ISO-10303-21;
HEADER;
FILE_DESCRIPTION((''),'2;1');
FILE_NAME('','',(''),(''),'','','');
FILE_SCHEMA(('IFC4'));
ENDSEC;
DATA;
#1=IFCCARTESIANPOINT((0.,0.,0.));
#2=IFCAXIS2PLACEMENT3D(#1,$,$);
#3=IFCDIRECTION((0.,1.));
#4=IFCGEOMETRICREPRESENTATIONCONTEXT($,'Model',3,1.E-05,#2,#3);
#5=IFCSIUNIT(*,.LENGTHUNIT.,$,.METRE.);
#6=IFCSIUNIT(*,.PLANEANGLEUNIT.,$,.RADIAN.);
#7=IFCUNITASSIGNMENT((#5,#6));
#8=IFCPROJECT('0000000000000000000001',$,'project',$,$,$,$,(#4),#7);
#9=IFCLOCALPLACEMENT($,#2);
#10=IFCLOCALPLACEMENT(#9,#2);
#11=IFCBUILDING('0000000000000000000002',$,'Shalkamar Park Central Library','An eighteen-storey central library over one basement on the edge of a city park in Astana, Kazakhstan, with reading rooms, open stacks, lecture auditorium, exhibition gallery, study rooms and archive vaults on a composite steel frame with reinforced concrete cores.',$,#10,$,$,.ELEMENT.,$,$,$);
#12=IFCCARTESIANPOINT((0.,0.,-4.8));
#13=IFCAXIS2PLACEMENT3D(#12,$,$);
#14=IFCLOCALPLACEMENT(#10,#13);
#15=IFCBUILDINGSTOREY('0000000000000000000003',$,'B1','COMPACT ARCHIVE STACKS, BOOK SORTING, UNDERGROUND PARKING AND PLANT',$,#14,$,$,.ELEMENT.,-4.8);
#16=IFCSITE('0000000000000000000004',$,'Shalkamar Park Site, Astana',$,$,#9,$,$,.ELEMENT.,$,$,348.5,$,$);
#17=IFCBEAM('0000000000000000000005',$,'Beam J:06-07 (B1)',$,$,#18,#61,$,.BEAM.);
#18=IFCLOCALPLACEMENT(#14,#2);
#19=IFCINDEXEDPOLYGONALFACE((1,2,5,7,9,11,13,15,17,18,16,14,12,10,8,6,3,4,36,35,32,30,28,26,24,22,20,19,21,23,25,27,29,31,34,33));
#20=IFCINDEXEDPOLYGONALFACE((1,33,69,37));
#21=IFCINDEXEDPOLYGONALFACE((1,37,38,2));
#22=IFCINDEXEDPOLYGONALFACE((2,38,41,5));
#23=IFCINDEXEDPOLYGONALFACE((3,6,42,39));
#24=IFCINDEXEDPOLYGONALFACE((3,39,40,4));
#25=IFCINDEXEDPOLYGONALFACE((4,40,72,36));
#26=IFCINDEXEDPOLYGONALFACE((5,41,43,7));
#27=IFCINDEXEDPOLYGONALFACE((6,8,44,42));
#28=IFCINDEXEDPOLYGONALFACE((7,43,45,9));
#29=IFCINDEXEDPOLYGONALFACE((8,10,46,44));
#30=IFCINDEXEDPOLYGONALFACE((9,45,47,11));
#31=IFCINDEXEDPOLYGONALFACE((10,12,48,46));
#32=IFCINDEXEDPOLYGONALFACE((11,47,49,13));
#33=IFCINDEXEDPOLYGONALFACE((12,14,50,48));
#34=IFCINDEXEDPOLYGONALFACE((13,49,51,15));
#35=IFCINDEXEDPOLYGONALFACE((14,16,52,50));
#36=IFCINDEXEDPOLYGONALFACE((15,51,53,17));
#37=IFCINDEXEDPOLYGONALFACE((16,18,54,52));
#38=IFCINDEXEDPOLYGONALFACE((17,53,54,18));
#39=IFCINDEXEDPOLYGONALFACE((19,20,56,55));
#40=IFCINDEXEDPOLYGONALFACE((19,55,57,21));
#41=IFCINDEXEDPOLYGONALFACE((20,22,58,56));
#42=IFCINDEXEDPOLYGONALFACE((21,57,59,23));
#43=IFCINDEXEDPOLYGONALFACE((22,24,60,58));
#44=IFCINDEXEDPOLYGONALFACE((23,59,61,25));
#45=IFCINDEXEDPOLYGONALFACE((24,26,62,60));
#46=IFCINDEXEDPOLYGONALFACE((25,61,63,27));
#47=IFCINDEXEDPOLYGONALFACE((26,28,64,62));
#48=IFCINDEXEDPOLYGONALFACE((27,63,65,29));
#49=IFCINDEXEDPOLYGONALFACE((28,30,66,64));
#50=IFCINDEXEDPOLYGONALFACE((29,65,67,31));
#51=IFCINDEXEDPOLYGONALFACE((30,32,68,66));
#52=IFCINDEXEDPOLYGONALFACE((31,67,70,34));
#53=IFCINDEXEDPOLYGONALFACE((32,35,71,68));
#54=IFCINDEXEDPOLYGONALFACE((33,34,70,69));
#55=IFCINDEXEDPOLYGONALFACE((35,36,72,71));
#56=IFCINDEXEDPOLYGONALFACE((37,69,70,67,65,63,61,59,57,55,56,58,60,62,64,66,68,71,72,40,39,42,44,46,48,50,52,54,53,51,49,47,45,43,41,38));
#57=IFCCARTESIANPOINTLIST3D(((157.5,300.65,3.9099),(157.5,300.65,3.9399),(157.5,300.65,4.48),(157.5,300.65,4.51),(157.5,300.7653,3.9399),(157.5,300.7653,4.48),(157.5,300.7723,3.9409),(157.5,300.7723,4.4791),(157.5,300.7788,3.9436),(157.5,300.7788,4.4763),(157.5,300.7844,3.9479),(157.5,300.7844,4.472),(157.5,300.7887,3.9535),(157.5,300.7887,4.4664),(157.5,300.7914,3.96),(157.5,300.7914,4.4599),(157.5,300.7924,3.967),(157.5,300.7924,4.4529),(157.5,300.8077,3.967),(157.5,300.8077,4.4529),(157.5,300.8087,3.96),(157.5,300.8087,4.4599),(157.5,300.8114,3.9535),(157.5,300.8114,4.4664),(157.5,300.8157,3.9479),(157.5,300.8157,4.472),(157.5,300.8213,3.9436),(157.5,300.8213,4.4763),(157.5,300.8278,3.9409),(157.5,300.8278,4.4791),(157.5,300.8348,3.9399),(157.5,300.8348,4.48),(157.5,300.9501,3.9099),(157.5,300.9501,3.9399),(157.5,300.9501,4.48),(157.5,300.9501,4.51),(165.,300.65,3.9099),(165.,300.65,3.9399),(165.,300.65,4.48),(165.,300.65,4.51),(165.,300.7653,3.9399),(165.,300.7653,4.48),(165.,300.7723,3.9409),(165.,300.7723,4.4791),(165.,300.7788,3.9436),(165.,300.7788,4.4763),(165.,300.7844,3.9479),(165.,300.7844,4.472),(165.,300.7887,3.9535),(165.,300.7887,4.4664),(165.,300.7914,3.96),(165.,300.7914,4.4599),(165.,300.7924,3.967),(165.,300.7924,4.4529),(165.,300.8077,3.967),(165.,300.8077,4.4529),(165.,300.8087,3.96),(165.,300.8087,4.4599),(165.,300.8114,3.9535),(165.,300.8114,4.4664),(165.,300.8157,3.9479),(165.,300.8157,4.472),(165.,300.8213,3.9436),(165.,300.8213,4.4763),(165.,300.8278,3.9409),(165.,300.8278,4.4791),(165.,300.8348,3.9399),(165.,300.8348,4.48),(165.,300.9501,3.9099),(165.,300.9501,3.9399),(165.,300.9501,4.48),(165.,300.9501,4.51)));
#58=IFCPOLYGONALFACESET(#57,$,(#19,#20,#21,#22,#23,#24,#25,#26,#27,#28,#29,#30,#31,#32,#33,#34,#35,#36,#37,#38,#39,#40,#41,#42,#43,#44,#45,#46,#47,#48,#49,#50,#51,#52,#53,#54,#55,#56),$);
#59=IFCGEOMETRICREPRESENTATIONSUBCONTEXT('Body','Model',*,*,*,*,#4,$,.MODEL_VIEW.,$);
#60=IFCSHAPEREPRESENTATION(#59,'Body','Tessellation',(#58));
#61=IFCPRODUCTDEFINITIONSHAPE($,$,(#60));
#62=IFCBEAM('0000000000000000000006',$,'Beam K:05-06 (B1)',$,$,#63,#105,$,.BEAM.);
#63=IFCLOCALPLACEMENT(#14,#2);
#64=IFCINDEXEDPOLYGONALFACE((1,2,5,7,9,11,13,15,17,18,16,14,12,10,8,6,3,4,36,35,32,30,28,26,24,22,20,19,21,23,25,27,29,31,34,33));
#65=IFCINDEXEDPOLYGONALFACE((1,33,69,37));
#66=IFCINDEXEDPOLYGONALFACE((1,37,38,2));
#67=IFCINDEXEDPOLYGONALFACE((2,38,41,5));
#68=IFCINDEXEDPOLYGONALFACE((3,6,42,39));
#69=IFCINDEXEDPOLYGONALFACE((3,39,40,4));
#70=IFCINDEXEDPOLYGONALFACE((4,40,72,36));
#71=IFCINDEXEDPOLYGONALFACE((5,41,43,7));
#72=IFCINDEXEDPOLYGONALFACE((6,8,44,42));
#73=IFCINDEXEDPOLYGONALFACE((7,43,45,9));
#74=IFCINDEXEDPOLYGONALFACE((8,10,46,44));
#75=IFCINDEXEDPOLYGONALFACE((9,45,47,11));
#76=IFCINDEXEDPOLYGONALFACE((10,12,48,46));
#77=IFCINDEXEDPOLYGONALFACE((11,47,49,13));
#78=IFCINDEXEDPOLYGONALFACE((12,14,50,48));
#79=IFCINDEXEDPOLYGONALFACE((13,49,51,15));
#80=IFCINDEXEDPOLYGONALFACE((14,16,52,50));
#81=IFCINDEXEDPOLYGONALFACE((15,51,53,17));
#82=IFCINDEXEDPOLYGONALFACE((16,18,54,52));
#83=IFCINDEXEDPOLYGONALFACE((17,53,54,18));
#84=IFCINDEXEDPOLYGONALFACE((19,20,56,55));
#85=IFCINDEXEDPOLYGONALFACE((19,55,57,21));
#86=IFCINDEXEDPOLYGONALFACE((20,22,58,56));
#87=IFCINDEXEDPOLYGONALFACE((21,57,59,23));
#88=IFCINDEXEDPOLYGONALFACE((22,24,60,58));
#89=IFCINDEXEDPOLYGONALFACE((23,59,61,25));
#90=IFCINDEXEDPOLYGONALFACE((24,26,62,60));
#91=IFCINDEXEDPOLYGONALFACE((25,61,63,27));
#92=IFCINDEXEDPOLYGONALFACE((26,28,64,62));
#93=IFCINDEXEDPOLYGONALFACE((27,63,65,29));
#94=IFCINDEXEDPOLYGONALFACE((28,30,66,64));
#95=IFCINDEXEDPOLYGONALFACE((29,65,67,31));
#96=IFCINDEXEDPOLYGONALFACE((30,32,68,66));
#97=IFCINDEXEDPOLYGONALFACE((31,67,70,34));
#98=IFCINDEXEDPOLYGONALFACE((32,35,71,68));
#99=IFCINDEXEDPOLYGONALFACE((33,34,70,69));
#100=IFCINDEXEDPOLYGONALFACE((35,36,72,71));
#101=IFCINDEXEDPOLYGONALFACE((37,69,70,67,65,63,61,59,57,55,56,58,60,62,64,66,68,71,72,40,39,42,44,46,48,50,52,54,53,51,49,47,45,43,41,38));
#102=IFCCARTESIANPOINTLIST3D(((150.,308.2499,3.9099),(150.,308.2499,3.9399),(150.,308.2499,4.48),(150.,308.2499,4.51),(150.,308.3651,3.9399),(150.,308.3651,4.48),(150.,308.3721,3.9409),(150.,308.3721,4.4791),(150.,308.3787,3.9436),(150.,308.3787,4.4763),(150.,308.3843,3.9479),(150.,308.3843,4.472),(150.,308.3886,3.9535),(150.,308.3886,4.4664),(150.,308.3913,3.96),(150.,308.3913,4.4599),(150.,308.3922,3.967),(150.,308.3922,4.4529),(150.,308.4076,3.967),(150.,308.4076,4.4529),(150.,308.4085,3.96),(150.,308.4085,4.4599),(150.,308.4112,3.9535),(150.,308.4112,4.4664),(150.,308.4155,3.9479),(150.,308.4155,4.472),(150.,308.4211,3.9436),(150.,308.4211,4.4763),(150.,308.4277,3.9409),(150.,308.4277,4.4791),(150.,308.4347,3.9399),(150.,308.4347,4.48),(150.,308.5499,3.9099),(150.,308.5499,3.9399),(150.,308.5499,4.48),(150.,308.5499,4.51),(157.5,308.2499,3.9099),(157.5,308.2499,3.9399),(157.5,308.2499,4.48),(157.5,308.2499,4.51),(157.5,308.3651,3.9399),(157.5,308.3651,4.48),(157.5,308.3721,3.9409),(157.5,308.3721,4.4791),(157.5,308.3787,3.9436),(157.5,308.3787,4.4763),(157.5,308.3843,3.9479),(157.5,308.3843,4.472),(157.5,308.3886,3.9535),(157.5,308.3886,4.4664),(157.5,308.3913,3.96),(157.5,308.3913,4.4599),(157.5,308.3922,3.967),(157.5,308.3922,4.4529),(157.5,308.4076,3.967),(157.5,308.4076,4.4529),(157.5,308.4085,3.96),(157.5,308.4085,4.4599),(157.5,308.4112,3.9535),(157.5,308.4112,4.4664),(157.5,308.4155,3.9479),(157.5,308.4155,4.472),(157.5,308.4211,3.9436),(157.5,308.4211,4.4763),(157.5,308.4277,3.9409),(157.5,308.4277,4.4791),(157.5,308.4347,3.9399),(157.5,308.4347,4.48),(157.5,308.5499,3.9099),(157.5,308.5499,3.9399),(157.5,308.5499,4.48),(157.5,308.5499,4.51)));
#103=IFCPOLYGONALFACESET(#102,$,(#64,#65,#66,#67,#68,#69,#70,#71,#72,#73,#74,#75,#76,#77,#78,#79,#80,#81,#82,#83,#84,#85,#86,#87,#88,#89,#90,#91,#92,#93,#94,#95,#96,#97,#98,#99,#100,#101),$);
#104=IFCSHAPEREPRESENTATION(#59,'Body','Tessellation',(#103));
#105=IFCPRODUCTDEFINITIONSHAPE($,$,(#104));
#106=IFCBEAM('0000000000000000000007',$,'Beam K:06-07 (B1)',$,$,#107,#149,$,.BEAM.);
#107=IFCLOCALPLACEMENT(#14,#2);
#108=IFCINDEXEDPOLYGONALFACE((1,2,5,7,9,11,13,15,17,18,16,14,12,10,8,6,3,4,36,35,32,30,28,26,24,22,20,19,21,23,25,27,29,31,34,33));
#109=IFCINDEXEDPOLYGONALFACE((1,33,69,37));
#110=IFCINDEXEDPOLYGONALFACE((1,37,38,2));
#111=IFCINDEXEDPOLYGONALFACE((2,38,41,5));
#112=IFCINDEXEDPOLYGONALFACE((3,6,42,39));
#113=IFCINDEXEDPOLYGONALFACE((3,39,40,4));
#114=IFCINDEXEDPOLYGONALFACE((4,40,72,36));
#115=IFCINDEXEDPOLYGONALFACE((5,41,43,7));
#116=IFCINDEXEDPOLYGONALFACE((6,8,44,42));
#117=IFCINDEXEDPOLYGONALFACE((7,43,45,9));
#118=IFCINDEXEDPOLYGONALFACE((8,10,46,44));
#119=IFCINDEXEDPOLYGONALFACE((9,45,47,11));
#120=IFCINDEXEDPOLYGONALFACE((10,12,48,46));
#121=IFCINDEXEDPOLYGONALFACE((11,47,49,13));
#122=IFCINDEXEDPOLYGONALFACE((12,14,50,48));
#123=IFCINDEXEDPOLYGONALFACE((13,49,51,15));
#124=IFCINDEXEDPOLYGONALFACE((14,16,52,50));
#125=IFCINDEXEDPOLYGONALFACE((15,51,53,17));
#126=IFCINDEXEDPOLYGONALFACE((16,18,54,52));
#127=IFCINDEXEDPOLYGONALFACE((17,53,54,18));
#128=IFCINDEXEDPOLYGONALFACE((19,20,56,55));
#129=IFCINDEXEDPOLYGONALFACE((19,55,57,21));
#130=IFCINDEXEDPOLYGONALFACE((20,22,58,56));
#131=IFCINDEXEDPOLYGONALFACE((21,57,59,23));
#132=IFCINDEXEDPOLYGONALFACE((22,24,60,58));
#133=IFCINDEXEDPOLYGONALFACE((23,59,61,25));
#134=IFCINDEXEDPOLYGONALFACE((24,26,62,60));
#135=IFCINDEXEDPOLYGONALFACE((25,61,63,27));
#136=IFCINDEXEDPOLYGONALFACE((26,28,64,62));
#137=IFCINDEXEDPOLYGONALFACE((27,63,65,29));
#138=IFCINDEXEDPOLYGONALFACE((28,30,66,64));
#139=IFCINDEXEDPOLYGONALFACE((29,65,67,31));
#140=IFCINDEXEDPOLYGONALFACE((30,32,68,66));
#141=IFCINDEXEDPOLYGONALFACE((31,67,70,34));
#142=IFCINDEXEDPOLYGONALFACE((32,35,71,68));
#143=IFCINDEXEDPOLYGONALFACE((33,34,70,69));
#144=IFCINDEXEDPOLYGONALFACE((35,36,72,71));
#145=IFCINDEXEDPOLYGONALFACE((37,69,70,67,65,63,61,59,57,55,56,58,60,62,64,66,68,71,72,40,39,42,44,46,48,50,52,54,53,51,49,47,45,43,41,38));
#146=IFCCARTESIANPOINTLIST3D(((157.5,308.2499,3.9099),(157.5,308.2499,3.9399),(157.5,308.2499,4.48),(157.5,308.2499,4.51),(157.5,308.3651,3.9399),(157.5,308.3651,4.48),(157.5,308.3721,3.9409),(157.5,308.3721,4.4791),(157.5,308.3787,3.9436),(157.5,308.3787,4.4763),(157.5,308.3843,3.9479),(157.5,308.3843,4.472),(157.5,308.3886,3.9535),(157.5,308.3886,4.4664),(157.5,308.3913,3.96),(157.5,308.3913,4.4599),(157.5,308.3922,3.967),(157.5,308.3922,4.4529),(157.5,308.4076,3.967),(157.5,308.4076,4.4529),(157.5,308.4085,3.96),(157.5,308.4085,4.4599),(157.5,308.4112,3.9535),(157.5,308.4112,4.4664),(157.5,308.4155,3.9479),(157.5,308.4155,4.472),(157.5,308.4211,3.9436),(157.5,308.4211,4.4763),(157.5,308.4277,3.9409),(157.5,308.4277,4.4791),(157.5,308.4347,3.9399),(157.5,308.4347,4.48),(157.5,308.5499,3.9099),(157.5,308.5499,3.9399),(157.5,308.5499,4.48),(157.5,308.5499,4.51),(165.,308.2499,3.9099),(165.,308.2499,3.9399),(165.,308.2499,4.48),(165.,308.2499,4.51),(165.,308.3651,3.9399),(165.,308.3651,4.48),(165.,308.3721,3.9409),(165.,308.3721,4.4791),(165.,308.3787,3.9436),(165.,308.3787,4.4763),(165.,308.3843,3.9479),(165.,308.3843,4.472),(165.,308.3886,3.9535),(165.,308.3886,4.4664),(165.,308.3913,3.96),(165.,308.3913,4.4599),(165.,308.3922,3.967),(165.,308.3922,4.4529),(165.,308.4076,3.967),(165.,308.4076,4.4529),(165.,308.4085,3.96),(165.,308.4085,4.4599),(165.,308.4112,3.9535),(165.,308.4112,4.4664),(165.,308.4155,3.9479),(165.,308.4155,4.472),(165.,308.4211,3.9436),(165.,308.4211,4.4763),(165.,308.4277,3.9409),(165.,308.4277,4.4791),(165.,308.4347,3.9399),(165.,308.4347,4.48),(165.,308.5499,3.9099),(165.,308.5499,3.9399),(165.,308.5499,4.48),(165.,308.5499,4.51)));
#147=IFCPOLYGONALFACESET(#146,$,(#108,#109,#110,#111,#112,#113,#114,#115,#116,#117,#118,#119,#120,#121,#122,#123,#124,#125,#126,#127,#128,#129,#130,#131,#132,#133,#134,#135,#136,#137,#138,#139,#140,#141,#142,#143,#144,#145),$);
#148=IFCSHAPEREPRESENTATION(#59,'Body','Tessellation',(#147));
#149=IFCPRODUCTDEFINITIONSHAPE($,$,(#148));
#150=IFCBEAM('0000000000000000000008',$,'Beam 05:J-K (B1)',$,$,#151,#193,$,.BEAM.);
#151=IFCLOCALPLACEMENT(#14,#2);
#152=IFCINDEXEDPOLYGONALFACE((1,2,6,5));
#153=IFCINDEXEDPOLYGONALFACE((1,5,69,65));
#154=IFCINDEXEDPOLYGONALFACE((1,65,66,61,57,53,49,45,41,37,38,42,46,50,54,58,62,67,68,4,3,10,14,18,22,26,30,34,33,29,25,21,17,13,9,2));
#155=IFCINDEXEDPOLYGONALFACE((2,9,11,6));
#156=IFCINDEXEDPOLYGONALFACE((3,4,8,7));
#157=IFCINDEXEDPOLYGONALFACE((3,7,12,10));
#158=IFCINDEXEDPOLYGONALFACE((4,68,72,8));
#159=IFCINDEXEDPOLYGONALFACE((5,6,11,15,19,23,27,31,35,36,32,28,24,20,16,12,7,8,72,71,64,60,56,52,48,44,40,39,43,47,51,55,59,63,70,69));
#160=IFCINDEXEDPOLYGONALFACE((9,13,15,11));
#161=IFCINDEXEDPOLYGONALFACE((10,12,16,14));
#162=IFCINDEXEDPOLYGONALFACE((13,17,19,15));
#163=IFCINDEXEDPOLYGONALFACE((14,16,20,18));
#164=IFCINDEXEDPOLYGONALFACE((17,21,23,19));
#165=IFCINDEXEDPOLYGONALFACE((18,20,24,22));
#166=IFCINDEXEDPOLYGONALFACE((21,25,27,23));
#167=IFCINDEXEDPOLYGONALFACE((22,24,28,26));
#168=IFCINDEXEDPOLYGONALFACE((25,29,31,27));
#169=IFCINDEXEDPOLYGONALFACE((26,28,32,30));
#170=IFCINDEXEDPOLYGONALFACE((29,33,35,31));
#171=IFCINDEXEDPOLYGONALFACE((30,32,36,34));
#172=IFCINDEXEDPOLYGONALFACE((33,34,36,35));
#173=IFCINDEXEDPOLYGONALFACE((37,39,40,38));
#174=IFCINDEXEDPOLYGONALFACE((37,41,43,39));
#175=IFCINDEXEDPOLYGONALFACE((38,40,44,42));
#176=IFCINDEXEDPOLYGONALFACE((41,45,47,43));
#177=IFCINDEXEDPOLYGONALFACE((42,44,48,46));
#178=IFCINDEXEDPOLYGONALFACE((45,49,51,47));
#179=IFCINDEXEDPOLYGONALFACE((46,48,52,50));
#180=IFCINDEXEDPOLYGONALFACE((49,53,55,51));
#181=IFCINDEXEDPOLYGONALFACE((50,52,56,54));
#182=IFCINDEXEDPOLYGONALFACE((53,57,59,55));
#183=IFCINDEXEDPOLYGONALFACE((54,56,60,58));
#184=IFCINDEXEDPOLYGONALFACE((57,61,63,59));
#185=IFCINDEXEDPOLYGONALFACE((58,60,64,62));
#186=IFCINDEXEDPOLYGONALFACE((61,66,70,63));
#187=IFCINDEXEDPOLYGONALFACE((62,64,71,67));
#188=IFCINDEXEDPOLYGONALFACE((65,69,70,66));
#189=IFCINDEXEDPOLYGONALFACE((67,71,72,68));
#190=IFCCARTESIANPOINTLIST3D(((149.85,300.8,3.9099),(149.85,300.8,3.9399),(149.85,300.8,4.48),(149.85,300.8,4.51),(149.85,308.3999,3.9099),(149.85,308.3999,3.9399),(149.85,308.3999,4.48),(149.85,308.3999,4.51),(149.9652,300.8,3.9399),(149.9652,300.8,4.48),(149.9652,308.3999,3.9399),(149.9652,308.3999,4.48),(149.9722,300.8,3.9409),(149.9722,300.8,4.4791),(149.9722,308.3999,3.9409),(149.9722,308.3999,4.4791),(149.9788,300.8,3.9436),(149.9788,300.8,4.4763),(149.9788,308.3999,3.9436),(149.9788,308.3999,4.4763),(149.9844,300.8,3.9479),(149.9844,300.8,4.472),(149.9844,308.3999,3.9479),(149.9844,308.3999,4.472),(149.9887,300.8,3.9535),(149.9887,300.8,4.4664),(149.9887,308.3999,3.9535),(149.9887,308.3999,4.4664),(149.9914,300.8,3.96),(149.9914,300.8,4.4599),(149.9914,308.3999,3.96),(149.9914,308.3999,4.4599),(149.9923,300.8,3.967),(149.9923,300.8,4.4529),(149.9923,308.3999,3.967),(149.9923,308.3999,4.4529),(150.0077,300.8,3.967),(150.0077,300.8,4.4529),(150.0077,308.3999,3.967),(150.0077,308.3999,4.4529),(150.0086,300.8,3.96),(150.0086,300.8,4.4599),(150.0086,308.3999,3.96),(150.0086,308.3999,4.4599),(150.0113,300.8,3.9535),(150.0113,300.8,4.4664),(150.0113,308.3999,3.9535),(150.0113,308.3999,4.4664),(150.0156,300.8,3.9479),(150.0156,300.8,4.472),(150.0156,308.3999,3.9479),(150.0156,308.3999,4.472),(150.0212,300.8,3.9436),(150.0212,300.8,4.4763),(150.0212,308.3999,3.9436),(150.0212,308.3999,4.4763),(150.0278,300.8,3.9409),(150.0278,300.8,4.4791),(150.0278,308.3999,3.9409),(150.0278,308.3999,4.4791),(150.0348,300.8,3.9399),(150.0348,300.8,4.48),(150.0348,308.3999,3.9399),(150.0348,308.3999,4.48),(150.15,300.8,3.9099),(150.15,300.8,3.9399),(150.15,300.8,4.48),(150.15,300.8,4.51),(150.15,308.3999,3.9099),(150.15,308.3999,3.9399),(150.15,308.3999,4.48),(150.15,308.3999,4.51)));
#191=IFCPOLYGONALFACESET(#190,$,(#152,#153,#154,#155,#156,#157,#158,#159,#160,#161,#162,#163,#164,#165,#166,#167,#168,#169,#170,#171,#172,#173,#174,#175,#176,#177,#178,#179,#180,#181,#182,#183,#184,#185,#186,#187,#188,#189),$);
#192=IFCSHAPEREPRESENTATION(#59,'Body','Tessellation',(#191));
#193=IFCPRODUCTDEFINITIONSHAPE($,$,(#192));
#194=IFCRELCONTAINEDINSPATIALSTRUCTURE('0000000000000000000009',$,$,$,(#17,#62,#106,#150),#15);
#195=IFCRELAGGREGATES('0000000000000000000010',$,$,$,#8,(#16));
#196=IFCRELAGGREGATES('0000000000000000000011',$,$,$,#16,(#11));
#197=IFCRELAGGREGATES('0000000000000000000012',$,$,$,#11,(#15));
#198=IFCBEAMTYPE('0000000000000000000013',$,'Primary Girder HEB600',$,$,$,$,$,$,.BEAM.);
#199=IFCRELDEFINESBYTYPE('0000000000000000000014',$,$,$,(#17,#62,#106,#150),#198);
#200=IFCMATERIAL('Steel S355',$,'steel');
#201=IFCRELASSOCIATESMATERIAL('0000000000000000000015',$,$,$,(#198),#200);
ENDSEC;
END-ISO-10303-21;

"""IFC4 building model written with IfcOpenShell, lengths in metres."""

from ifc_helpers import new_model, si_unit, direction, frame, origin, origin_2d, place, context, subcontext, project, spatial, i_section, extrude, material, material_profile, profile_set, type_object, element, save


model = new_model("IFC4")

# Units and contexts
model_context = context("Model", 3, precision=1e-05, world=origin(), true_north=direction((0.0, 1.0)))
body_context = subcontext(model_context, "Body", "Model", "MODEL_VIEW")
ifc_project = project(units=[si_unit("LENGTHUNIT", "METRE"), si_unit("PLANEANGLEUNIT", "RADIAN")], contexts=[model_context])

# Site, building, storey
site_placement = place(None, origin())
site = spatial("IfcSite", under=ifc_project, at=site_placement, Name="Shalkamar Park Site, Astana", CompositionType="ELEMENT", RefElevation=348.5)
building_placement = place(site_placement, origin())
building = spatial("IfcBuilding", under=site, at=building_placement, Name="Shalkamar Park Central Library", Description="An eighteen-storey central library over one basement on the edge of a city park in Astana, Kazakhstan, with reading rooms, open stacks, lecture auditorium, exhibition gallery, study rooms and archive vaults on a composite steel frame with reinforced concrete cores.", CompositionType="ELEMENT")
storey_placement = place(building_placement, frame((0.0, 0.0, -4.8)))
storey = spatial("IfcBuildingStorey", under=building, at=storey_placement, Name="B1", Description="COMPACT ARCHIVE STACKS, BOOK SORTING, UNDERGROUND PARKING AND PLANT", CompositionType="ELEMENT", Elevation=-4.8)

# Shared definitions
ifc_material_1 = material(Name="Steel S355", Category="steel")

# Beams
ifc_material_profile_1 = material_profile(ifc_material_1, i_section(OverallWidth=0.3, OverallDepth=0.6001, WebThickness=0.0154, FlangeThickness=0.03, FilletRadius=0.0271, at=origin_2d()), Name="HEB 600")
ifc_profile_set_1 = profile_set([ifc_material_profile_1], Name="Steel S355")
beam_type = type_object("IfcBeamType", Name="Primary Girder HEB600", PredefinedType="BEAM", material=ifc_profile_set_1)
for number, where, z_axis, x_axis, name in (
    (1, (157.5, 300.8, 4.21), (1.0, 0.0, 0.0), (0.0, 1.0, 0.0), "Beam J:06-07 (B1)"),
    (2, (150.0, 308.3999, 4.21), (1.0, 0.0, 0.0), (0.0, 1.0, 0.0), "Beam K:05-06 (B1)"),
    (3, (157.5, 308.3999, 4.21), (1.0, 0.0, 0.0), (0.0, 1.0, 0.0), "Beam K:06-07 (B1)"),
):
    element("IfcBeam", number, at=place(storey_placement, frame(where, z_axis=z_axis, x_axis=x_axis)), inside=storey, type_object=beam_type, Name=name, PredefinedType="BEAM", context=body_context, shape_type="SweptSolid", body=[
        extrude(i_section(OverallWidth=0.3, OverallDepth=0.6001, WebThickness=0.0154, FlangeThickness=0.03, FilletRadius=0.0271, at=origin_2d()), origin(), (0.0, 0.0, 1.0), 7.5),
    ])
beam_1_placement = place(storey_placement, frame((150.0, 300.8, 4.21), z_axis=(0.0, 1.0, 0.0), x_axis=(-1.0, 0.0, 0.0)))
element("IfcBeam", 4, at=beam_1_placement, inside=storey, type_object=beam_type, Name="Beam 05:J-K (B1)", PredefinedType="BEAM", context=body_context, shape_type="SweptSolid", body=[
    extrude(i_section(OverallWidth=0.3, OverallDepth=0.6001, WebThickness=0.0154, FlangeThickness=0.03, FilletRadius=0.0271, at=origin_2d()), origin(), (0.0, 0.0, 1.0), 7.5999),
])

save(model, "model.ifc")
